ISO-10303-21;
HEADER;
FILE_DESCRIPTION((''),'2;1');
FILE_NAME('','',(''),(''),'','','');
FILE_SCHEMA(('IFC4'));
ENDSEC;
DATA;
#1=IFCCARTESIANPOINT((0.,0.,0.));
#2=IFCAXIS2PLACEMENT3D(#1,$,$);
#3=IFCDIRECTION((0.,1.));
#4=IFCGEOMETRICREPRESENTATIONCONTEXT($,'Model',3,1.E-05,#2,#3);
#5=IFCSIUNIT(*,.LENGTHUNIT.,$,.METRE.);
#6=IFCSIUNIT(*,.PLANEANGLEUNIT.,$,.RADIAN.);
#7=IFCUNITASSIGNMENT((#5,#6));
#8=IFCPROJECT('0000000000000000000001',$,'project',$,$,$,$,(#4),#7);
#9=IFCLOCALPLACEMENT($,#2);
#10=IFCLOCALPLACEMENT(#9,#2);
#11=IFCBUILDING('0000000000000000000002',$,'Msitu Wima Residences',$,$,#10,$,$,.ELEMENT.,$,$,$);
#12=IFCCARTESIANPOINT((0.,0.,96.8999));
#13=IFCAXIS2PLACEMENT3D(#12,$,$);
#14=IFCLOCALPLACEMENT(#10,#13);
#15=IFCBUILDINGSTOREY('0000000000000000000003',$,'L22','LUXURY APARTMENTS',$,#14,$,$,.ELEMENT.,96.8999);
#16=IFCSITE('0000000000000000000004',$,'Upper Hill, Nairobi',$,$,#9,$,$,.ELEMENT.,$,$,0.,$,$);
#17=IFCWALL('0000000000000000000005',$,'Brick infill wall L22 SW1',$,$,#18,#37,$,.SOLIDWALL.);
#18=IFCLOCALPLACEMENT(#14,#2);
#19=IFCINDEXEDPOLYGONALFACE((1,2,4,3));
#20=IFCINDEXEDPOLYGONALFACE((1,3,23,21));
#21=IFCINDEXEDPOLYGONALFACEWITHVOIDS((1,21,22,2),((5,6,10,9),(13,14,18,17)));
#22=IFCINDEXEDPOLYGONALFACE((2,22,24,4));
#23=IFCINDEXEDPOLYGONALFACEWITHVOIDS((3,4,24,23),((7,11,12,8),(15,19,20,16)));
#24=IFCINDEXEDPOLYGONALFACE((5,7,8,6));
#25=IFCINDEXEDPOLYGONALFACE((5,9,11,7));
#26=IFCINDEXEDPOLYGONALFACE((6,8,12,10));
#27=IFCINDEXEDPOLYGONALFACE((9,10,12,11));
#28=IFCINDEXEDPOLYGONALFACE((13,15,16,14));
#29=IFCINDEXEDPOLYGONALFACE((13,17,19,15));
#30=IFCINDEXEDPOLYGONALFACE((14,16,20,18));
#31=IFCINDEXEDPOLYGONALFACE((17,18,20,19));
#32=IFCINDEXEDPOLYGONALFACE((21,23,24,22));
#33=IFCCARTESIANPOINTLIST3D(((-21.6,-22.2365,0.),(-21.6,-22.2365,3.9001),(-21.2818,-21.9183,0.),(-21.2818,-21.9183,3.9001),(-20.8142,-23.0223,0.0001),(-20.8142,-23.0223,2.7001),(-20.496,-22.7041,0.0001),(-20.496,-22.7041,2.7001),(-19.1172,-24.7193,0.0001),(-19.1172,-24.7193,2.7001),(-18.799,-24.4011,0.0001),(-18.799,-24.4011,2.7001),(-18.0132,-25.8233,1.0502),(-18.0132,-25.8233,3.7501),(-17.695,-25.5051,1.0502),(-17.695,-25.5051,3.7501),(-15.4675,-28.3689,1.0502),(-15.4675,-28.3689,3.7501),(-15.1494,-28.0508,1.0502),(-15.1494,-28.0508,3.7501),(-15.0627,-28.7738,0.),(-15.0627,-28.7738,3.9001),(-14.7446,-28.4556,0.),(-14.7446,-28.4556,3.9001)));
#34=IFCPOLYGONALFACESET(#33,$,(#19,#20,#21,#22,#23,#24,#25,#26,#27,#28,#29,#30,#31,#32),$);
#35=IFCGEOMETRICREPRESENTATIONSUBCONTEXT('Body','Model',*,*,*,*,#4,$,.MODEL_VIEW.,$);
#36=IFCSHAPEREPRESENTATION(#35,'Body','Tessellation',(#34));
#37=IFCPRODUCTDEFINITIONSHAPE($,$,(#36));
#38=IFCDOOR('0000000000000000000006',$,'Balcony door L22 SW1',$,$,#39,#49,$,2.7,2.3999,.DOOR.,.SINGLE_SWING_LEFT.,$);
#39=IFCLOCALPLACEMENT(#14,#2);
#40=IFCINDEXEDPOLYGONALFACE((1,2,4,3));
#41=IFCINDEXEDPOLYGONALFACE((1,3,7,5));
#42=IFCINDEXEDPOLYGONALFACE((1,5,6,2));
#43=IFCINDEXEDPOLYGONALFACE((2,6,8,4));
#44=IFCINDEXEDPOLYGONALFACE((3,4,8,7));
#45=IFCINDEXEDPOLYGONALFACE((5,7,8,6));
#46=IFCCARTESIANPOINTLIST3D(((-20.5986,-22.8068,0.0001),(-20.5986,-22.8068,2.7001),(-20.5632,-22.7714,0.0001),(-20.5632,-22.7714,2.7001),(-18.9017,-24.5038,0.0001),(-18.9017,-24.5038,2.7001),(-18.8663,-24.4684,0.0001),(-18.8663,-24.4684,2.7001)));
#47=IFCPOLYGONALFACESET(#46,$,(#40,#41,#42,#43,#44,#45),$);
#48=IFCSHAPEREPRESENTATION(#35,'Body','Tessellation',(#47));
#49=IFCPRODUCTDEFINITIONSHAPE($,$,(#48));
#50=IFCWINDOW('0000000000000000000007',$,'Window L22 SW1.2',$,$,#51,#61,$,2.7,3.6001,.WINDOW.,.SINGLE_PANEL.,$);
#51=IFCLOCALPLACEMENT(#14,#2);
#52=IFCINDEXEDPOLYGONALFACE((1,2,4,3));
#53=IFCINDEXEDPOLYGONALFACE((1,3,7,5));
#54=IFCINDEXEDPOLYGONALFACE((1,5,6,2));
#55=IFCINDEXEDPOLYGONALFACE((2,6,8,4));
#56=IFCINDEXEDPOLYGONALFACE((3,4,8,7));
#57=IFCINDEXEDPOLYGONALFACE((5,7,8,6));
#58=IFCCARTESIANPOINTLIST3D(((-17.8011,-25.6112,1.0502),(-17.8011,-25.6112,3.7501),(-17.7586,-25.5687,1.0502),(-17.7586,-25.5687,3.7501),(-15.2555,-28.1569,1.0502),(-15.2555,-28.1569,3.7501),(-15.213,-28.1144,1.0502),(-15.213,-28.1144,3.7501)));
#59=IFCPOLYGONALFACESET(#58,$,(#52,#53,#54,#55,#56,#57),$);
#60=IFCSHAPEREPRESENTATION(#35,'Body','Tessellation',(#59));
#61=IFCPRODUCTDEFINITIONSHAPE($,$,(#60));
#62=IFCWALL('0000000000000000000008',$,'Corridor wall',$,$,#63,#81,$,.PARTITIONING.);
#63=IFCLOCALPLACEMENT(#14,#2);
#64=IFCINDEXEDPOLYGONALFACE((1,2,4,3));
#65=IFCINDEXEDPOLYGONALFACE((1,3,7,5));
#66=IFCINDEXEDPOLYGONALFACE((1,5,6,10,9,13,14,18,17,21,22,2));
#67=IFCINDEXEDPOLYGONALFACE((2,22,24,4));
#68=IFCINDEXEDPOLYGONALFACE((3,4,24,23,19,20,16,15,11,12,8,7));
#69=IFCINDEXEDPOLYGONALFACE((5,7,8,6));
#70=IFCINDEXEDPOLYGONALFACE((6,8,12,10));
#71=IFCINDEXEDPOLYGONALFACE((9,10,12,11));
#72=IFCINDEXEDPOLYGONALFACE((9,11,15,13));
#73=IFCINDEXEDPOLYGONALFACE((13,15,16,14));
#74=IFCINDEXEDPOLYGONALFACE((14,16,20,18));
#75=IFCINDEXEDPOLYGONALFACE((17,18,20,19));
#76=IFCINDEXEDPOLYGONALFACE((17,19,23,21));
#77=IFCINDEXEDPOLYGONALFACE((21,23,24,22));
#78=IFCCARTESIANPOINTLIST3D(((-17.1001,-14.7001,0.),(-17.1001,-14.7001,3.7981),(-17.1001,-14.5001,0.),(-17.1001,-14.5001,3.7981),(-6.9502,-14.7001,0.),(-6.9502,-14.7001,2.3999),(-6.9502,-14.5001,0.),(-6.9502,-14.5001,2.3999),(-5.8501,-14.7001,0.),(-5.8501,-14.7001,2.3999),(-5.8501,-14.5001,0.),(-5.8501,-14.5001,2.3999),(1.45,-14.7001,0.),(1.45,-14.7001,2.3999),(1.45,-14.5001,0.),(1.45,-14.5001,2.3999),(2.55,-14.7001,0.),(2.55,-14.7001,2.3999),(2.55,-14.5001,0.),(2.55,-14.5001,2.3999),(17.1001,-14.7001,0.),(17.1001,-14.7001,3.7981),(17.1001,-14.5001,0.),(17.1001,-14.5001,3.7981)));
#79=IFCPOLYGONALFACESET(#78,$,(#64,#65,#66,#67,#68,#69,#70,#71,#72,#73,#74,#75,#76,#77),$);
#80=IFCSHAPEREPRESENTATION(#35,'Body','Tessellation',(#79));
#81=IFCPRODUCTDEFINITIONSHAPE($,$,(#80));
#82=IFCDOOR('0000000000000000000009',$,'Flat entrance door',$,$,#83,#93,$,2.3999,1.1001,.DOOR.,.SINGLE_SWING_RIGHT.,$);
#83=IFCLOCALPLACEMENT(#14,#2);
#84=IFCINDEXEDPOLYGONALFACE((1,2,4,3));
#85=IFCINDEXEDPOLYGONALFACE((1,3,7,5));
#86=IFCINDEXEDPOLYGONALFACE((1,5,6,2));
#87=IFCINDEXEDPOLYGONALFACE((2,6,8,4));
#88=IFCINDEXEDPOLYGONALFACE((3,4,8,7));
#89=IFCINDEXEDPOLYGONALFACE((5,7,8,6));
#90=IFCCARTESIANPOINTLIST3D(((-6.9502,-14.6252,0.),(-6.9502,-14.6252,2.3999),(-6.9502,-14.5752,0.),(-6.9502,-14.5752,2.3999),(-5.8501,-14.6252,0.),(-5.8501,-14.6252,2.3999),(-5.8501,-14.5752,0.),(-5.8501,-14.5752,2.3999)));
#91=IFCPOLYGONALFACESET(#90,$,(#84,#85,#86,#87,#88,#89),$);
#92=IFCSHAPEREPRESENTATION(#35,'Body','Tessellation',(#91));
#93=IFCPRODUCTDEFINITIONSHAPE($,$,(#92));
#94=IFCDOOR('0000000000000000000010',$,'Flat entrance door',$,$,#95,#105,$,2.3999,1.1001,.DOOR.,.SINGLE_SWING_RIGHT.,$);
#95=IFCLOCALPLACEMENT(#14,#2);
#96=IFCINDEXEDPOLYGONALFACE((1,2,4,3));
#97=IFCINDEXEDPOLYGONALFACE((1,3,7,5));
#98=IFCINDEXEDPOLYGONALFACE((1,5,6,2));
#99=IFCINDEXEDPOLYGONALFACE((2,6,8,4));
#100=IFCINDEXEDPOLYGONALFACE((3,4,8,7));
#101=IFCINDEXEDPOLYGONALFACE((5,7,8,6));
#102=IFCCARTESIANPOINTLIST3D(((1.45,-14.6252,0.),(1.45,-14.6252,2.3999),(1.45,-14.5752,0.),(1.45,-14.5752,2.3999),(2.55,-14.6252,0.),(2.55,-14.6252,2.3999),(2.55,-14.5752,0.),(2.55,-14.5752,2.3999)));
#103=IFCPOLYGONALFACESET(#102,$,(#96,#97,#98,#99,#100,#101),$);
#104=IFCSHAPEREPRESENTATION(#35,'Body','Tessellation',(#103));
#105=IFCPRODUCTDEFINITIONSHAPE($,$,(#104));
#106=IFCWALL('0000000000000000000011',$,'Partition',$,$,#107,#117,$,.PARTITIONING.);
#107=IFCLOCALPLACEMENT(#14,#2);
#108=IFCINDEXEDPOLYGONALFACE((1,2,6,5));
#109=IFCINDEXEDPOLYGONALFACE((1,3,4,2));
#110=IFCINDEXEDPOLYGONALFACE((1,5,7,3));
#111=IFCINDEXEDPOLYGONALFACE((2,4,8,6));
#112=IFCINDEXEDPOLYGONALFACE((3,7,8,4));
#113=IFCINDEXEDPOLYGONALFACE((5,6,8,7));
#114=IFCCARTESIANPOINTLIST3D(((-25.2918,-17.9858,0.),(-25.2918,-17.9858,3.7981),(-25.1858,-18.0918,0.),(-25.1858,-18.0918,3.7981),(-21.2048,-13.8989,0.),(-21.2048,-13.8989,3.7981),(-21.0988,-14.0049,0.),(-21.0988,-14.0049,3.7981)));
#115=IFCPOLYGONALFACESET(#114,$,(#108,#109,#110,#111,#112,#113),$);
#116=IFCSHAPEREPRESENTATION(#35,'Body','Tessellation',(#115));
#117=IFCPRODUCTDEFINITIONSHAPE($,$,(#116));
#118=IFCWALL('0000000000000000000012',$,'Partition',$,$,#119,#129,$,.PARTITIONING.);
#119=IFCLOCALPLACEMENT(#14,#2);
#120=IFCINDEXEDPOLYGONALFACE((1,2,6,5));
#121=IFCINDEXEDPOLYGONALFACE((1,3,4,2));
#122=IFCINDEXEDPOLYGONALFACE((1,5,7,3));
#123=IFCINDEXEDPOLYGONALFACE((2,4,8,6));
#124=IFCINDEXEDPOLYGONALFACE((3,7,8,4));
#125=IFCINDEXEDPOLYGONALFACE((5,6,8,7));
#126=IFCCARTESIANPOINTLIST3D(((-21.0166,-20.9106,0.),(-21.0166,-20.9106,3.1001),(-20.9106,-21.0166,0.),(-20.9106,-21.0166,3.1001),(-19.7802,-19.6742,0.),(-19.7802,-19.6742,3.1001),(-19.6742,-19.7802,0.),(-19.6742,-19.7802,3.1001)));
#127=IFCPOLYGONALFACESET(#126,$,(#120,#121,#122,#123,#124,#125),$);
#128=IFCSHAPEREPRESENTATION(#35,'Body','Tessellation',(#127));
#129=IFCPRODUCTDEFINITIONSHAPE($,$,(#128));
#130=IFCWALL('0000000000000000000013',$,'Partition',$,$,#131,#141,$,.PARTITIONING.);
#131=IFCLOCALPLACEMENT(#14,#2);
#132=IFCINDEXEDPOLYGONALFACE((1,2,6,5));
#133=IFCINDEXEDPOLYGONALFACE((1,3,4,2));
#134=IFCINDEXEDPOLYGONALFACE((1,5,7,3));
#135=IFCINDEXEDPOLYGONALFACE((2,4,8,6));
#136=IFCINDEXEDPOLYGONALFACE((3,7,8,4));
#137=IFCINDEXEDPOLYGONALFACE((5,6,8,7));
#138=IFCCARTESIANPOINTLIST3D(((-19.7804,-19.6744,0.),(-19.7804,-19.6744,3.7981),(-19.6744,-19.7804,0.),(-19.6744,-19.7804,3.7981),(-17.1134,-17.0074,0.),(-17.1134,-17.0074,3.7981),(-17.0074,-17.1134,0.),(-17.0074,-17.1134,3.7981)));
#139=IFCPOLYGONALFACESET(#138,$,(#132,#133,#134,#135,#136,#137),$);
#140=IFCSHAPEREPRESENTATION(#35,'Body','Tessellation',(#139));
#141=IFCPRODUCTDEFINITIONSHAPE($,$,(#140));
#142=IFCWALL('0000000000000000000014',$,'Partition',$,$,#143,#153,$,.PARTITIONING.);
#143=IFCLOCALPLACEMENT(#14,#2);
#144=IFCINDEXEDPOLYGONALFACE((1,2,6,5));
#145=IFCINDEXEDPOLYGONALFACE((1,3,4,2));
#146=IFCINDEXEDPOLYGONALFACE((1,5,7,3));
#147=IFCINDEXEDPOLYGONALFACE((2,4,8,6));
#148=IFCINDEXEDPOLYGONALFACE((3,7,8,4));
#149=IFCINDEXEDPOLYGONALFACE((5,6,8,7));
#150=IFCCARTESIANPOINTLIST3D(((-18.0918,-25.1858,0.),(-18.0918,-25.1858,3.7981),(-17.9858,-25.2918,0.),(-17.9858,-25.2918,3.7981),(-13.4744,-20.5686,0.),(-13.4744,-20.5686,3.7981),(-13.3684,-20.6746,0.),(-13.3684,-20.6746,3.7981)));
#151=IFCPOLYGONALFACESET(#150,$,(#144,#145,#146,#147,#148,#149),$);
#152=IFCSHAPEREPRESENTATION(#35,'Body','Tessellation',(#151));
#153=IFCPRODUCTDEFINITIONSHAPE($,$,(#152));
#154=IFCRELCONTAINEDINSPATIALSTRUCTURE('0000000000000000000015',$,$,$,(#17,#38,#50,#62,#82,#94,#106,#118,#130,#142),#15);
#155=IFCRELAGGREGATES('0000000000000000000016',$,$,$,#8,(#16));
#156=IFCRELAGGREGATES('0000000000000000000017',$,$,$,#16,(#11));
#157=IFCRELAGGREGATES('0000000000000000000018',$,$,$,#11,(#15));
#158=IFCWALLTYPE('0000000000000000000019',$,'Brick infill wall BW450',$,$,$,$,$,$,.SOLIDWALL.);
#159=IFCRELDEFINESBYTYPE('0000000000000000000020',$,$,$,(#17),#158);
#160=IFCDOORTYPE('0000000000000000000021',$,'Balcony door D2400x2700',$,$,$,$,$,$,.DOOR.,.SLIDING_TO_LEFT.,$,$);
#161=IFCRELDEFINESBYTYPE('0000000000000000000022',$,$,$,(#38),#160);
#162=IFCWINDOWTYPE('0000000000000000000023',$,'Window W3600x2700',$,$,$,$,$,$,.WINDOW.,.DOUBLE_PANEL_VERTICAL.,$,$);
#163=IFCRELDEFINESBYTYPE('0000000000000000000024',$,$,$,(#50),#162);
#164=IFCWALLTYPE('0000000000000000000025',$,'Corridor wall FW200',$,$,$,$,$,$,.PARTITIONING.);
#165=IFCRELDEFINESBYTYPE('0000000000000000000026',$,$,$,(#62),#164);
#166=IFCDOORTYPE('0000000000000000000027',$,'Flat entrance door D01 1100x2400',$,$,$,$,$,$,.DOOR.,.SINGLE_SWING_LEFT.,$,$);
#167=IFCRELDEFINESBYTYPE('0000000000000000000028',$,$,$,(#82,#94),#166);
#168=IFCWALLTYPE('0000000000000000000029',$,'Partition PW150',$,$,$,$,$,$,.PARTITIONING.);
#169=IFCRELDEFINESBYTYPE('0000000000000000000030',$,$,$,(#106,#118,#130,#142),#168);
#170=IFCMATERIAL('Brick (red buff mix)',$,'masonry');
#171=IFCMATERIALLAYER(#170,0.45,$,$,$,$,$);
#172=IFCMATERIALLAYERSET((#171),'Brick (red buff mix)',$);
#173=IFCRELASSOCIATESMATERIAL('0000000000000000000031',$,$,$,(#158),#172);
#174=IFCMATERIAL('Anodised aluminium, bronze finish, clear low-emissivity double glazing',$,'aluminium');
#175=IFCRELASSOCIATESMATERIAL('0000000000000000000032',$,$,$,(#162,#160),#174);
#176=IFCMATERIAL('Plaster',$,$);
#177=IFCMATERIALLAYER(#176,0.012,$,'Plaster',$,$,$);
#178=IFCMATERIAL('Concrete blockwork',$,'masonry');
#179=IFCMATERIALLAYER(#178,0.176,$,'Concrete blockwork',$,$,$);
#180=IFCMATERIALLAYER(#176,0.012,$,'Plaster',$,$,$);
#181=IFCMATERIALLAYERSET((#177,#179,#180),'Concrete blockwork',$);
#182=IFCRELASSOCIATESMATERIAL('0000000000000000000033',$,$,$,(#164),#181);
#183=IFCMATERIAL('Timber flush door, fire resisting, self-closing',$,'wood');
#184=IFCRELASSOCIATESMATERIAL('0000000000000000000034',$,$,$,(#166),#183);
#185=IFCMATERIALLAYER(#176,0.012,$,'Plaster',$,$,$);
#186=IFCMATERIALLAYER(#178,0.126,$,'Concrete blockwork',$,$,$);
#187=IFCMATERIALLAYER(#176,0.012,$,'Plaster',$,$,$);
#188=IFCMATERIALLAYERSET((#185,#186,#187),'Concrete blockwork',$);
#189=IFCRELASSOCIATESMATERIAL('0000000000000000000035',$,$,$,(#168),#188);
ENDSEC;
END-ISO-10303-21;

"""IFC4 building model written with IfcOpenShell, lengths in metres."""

from ifc_helpers import new_model, si_unit, direction, frame, frame_2d, origin, place, context, subcontext, project, spatial, rectangle, extrude, material, layer, layer_set, type_object, element, fill, save


model = new_model("IFC4")

# Units and contexts
model_context = context("Model", 3, precision=1e-05, world=origin(), true_north=direction((0.0, 1.0)))
body_context = subcontext(model_context, "Body", "Model", "MODEL_VIEW")
ifc_project = project(units=[si_unit("LENGTHUNIT", "METRE"), si_unit("PLANEANGLEUNIT", "RADIAN")], contexts=[model_context])

# Site, building, storey
site_placement = place(None, origin())
site = spatial("IfcSite", under=ifc_project, at=site_placement, Name="Upper Hill, Nairobi", CompositionType="ELEMENT", RefElevation=0.0)
building_placement = place(site_placement, origin())
building = spatial("IfcBuilding", under=site, at=building_placement, Name="Msitu Wima Residences", CompositionType="ELEMENT")
storey_placement = place(building_placement, frame((0.0, 0.0, 96.8999)))
storey = spatial("IfcBuildingStorey", under=building, at=storey_placement, Name="L22", Description="LUXURY APARTMENTS", CompositionType="ELEMENT", Elevation=96.8999)

# Shared definitions
ifc_material_1 = material(Name="Brick (red buff mix)", Category="masonry")
ifc_layer_1 = layer(ifc_material_1, 0.45)
ifc_layer_set_1 = layer_set([ifc_layer_1], Name="Brick (red buff mix)")
wall_type_1 = type_object("IfcWallType", Name="Brick infill wall BW450", PredefinedType="SOLIDWALL", material=ifc_layer_set_1)
ifc_material_2 = material(Name="Anodised aluminium, bronze finish, clear low-emissivity double glazing", Category="aluminium")
window_type = type_object("IfcWindowType", Name="Window W3600x2700", PartitioningType="DOUBLE_PANEL_VERTICAL", PredefinedType="WINDOW", material=ifc_material_2)

# Wall, openings, door, window
wall_1_placement = place(storey_placement, frame((-21.4409, -22.0774, 0.0), z_axis=(0.0, 0.0, 1.0), x_axis=(0.707107, -0.707107, 0.0)))
wall_1 = element("IfcWall", 1, at=wall_1_placement, inside=storey, type_object=wall_type_1, Name="Brick infill wall L22 SW1", PredefinedType="SOLIDWALL", context=body_context, shape_type="SweptSolid", body=[
    extrude(rectangle(XDim=9.2451, YDim=0.45, at=frame_2d((4.6226, 0.0))), origin(), (0.0, 0.0, 1.0), 3.9001),
])
opening_1_placement = place(wall_1_placement, frame((1.1113, 0.0, 0.0)))
opening_1 = element("IfcOpeningElement", 2, at=opening_1_placement, cuts=wall_1, PredefinedType="OPENING", context=body_context, shape_type="SweptSolid", body=[
    extrude(rectangle(XDim=2.3999, YDim=2.7, at=frame_2d((1.2, 1.3501))), frame((0.0, 0.2349, 0.0), z_axis=(0.0, -1.0, 0.0), x_axis=(1.0, 0.0, 0.0)), (0.0, 0.0, 1.0), 0.47),
])
opening_2_placement = place(wall_1_placement, frame((5.0725, 0.0, 1.05)))
opening_2 = element("IfcOpeningElement", 3, at=opening_2_placement, cuts=wall_1, PredefinedType="OPENING", context=body_context, shape_type="SweptSolid", body=[
    extrude(rectangle(XDim=3.6001, YDim=2.7, at=frame_2d((1.8, 1.3501))), frame((0.0, 0.2349, 0.0), z_axis=(0.0, -1.0, 0.0), x_axis=(1.0, 0.0, 0.0)), (0.0, 0.0, 1.0), 0.47),
])
door_type_1 = type_object("IfcDoorType", Name="Balcony door D2400x2700", OperationType="SLIDING_TO_LEFT", PredefinedType="DOOR", material=ifc_material_2)
door_1_placement = place(opening_1_placement, origin())
door_1 = element("IfcDoor", 4, at=door_1_placement, inside=storey, type_object=door_type_1, Name="Balcony door L22 SW1", OperationType="SINGLE_SWING_LEFT", OverallHeight=2.7, OverallWidth=2.3999, PredefinedType="DOOR", context=body_context, shape_type="SweptSolid", body=[
    extrude(rectangle(XDim=2.3999, YDim=2.7, at=frame_2d((1.2, 1.3501))), frame((0.0, 0.1299, 0.0), z_axis=(0.0, -1.0, 0.0), x_axis=(1.0, 0.0, 0.0)), (0.0, 0.0, 1.0), 0.05),
])
fill(opening_1, door_1)
window_1_placement = place(opening_2_placement, origin())
window_1 = element("IfcWindow", 5, at=window_1_placement, inside=storey, type_object=window_type, Name="Window L22 SW1.2", OverallHeight=2.7, OverallWidth=3.6001, PartitioningType="SINGLE_PANEL", PredefinedType="WINDOW", context=body_context, shape_type="SweptSolid", body=[
    extrude(rectangle(XDim=3.6001, YDim=2.7, at=frame_2d((1.8, 1.3501))), frame((0.0, 0.135, 0.0), z_axis=(0.0, -1.0, 0.0), x_axis=(1.0, 0.0, 0.0)), (0.0, 0.0, 1.0), 0.0601),
])
fill(opening_2, window_1)

# Wall, openings, doors
ifc_material_3 = material(Name="Plaster")
ifc_layer_2 = layer(ifc_material_3, 0.012, Name="Plaster")
ifc_material_4 = material(Name="Concrete blockwork", Category="masonry")
ifc_layer_3 = layer(ifc_material_4, 0.176, Name="Concrete blockwork")
ifc_layer_4 = layer(ifc_material_3, 0.012, Name="Plaster")
ifc_layer_set_2 = layer_set([ifc_layer_2, ifc_layer_3, ifc_layer_4], Name="Concrete blockwork")
wall_type_2 = type_object("IfcWallType", Name="Corridor wall FW200", PredefinedType="PARTITIONING", material=ifc_layer_set_2)
wall_2_placement = place(storey_placement, frame((-17.1001, -14.6001, 0.0), z_axis=(0.0, 0.0, 1.0), x_axis=(1.0, 0.0, 0.0)))
wall_2 = element("IfcWall", 6, at=wall_2_placement, inside=storey, type_object=wall_type_2, Name="Corridor wall", PredefinedType="PARTITIONING", context=body_context, shape_type="SweptSolid", body=[
    extrude(rectangle(XDim=34.2002, YDim=0.2, at=frame_2d((17.1001, 0.0))), origin(), (0.0, 0.0, 1.0), 3.7981),
])
opening_3_placement = place(wall_2_placement, frame((10.1499, 0.0, 0.0)))
opening_3 = element("IfcOpeningElement", 7, at=opening_3_placement, cuts=wall_2, PredefinedType="OPENING", context=body_context, shape_type="SweptSolid", body=[
    extrude(rectangle(XDim=1.1001, YDim=2.3999, at=frame_2d((0.55, 1.2))), frame((0.0, 0.1099, 0.0), z_axis=(0.0, -1.0, 0.0), x_axis=(1.0, 0.0, 0.0)), (0.0, 0.0, 1.0), 0.22),
])
opening_4_placement = place(wall_2_placement, frame((18.55, 0.0, 0.0)))
opening_4 = element("IfcOpeningElement", 8, at=opening_4_placement, cuts=wall_2, PredefinedType="OPENING", context=body_context, shape_type="SweptSolid", body=[
    extrude(rectangle(XDim=1.1001, YDim=2.3999, at=frame_2d((0.55, 1.2))), frame((0.0, 0.1099, 0.0), z_axis=(0.0, -1.0, 0.0), x_axis=(1.0, 0.0, 0.0)), (0.0, 0.0, 1.0), 0.22),
])
ifc_material_5 = material(Name="Timber flush door, fire resisting, self-closing", Category="wood")
door_type_2 = type_object("IfcDoorType", Name="Flat entrance door D01 1100x2400", OperationType="SINGLE_SWING_LEFT", PredefinedType="DOOR", material=ifc_material_5)
door_2_placement = place(opening_3_placement, origin())
door_2 = element("IfcDoor", 9, at=door_2_placement, inside=storey, type_object=door_type_2, Name="Flat entrance door", OperationType="SINGLE_SWING_RIGHT", OverallHeight=2.3999, OverallWidth=1.1001, PredefinedType="DOOR", context=body_context, shape_type="SweptSolid", body=[
    extrude(rectangle(XDim=1.1001, YDim=2.3999, at=frame_2d((0.55, 1.2))), frame((0.0, 0.0249, 0.0), z_axis=(0.0, -1.0, 0.0), x_axis=(1.0, 0.0, 0.0)), (0.0, 0.0, 1.0), 0.05),
])
fill(opening_3, door_2)
door_3_placement = place(opening_4_placement, origin())
door_3 = element("IfcDoor", 10, at=door_3_placement, inside=storey, type_object=door_type_2, Name="Flat entrance door", OperationType="SINGLE_SWING_RIGHT", OverallHeight=2.3999, OverallWidth=1.1001, PredefinedType="DOOR", context=body_context, shape_type="SweptSolid", body=[
    extrude(rectangle(XDim=1.1001, YDim=2.3999, at=frame_2d((0.55, 1.2))), frame((0.0, 0.0249, 0.0), z_axis=(0.0, -1.0, 0.0), x_axis=(1.0, 0.0, 0.0)), (0.0, 0.0, 1.0), 0.05),
])
fill(opening_4, door_3)

# Walls
ifc_layer_5 = layer(ifc_material_3, 0.012, Name="Plaster")
ifc_layer_6 = layer(ifc_material_4, 0.126, Name="Concrete blockwork")
ifc_layer_7 = layer(ifc_material_3, 0.012, Name="Plaster")
ifc_layer_set_3 = layer_set([ifc_layer_5, ifc_layer_6, ifc_layer_7], Name="Concrete blockwork")
wall_type_3 = type_object("IfcWallType", Name="Partition PW150", PredefinedType="PARTITIONING", material=ifc_layer_set_3)
wall_3_placement = place(storey_placement, frame((-25.2388, -18.0388, 0.0), z_axis=(0.0, 0.0, 1.0), x_axis=(0.707107, 0.707107, 0.0)))
element("IfcWall", 11, at=wall_3_placement, inside=storey, type_object=wall_type_3, Name="Partition", PredefinedType="PARTITIONING", context=body_context, shape_type="SweptSolid", body=[
    extrude(rectangle(XDim=5.7798, YDim=0.1499, at=frame_2d((2.8899, 0.0))), origin(), (0.0, 0.0, 1.0), 3.7981),
])
wall_4_placement = place(storey_placement, frame((-20.9636, -20.9636, 0.0), z_axis=(0.0, 0.0, 1.0), x_axis=(0.707107, 0.707107, 0.0)))
element("IfcWall", 12, at=wall_4_placement, inside=storey, type_object=wall_type_3, Name="Partition", PredefinedType="PARTITIONING", context=body_context, shape_type="SweptSolid", body=[
    extrude(rectangle(XDim=1.7485, YDim=0.1499, at=frame_2d((0.8743, 0.0))), origin(), (0.0, 0.0, 1.0), 3.1001),
])
wall_5_placement = place(storey_placement, frame((-19.7273, -19.7273, 0.0), z_axis=(0.0, 0.0, 1.0), x_axis=(0.707107, 0.707107, 0.0)))
element("IfcWall", 13, at=wall_5_placement, inside=storey, type_object=wall_type_3, Name="Partition", PredefinedType="PARTITIONING", context=body_context, shape_type="SweptSolid", body=[
    extrude(rectangle(XDim=3.7717, YDim=0.1499, at=frame_2d((1.8857, 0.0))), origin(), (0.0, 0.0, 1.0), 3.7981),
])
wall_6_placement = place(storey_placement, frame((-18.0388, -25.2388, 0.0), z_axis=(0.0, 0.0, 1.0), x_axis=(0.707125, 0.707088, 0.0)))
element("IfcWall", 14, at=wall_6_placement, inside=storey, type_object=wall_type_3, Name="Partition", PredefinedType="PARTITIONING", context=body_context, shape_type="SweptSolid", body=[
    extrude(rectangle(XDim=6.5298, YDim=0.1499, at=frame_2d((3.2649, 0.0))), origin(), (0.0, 0.0, 1.0), 3.7981),
])

save(model, "model.ifc")
